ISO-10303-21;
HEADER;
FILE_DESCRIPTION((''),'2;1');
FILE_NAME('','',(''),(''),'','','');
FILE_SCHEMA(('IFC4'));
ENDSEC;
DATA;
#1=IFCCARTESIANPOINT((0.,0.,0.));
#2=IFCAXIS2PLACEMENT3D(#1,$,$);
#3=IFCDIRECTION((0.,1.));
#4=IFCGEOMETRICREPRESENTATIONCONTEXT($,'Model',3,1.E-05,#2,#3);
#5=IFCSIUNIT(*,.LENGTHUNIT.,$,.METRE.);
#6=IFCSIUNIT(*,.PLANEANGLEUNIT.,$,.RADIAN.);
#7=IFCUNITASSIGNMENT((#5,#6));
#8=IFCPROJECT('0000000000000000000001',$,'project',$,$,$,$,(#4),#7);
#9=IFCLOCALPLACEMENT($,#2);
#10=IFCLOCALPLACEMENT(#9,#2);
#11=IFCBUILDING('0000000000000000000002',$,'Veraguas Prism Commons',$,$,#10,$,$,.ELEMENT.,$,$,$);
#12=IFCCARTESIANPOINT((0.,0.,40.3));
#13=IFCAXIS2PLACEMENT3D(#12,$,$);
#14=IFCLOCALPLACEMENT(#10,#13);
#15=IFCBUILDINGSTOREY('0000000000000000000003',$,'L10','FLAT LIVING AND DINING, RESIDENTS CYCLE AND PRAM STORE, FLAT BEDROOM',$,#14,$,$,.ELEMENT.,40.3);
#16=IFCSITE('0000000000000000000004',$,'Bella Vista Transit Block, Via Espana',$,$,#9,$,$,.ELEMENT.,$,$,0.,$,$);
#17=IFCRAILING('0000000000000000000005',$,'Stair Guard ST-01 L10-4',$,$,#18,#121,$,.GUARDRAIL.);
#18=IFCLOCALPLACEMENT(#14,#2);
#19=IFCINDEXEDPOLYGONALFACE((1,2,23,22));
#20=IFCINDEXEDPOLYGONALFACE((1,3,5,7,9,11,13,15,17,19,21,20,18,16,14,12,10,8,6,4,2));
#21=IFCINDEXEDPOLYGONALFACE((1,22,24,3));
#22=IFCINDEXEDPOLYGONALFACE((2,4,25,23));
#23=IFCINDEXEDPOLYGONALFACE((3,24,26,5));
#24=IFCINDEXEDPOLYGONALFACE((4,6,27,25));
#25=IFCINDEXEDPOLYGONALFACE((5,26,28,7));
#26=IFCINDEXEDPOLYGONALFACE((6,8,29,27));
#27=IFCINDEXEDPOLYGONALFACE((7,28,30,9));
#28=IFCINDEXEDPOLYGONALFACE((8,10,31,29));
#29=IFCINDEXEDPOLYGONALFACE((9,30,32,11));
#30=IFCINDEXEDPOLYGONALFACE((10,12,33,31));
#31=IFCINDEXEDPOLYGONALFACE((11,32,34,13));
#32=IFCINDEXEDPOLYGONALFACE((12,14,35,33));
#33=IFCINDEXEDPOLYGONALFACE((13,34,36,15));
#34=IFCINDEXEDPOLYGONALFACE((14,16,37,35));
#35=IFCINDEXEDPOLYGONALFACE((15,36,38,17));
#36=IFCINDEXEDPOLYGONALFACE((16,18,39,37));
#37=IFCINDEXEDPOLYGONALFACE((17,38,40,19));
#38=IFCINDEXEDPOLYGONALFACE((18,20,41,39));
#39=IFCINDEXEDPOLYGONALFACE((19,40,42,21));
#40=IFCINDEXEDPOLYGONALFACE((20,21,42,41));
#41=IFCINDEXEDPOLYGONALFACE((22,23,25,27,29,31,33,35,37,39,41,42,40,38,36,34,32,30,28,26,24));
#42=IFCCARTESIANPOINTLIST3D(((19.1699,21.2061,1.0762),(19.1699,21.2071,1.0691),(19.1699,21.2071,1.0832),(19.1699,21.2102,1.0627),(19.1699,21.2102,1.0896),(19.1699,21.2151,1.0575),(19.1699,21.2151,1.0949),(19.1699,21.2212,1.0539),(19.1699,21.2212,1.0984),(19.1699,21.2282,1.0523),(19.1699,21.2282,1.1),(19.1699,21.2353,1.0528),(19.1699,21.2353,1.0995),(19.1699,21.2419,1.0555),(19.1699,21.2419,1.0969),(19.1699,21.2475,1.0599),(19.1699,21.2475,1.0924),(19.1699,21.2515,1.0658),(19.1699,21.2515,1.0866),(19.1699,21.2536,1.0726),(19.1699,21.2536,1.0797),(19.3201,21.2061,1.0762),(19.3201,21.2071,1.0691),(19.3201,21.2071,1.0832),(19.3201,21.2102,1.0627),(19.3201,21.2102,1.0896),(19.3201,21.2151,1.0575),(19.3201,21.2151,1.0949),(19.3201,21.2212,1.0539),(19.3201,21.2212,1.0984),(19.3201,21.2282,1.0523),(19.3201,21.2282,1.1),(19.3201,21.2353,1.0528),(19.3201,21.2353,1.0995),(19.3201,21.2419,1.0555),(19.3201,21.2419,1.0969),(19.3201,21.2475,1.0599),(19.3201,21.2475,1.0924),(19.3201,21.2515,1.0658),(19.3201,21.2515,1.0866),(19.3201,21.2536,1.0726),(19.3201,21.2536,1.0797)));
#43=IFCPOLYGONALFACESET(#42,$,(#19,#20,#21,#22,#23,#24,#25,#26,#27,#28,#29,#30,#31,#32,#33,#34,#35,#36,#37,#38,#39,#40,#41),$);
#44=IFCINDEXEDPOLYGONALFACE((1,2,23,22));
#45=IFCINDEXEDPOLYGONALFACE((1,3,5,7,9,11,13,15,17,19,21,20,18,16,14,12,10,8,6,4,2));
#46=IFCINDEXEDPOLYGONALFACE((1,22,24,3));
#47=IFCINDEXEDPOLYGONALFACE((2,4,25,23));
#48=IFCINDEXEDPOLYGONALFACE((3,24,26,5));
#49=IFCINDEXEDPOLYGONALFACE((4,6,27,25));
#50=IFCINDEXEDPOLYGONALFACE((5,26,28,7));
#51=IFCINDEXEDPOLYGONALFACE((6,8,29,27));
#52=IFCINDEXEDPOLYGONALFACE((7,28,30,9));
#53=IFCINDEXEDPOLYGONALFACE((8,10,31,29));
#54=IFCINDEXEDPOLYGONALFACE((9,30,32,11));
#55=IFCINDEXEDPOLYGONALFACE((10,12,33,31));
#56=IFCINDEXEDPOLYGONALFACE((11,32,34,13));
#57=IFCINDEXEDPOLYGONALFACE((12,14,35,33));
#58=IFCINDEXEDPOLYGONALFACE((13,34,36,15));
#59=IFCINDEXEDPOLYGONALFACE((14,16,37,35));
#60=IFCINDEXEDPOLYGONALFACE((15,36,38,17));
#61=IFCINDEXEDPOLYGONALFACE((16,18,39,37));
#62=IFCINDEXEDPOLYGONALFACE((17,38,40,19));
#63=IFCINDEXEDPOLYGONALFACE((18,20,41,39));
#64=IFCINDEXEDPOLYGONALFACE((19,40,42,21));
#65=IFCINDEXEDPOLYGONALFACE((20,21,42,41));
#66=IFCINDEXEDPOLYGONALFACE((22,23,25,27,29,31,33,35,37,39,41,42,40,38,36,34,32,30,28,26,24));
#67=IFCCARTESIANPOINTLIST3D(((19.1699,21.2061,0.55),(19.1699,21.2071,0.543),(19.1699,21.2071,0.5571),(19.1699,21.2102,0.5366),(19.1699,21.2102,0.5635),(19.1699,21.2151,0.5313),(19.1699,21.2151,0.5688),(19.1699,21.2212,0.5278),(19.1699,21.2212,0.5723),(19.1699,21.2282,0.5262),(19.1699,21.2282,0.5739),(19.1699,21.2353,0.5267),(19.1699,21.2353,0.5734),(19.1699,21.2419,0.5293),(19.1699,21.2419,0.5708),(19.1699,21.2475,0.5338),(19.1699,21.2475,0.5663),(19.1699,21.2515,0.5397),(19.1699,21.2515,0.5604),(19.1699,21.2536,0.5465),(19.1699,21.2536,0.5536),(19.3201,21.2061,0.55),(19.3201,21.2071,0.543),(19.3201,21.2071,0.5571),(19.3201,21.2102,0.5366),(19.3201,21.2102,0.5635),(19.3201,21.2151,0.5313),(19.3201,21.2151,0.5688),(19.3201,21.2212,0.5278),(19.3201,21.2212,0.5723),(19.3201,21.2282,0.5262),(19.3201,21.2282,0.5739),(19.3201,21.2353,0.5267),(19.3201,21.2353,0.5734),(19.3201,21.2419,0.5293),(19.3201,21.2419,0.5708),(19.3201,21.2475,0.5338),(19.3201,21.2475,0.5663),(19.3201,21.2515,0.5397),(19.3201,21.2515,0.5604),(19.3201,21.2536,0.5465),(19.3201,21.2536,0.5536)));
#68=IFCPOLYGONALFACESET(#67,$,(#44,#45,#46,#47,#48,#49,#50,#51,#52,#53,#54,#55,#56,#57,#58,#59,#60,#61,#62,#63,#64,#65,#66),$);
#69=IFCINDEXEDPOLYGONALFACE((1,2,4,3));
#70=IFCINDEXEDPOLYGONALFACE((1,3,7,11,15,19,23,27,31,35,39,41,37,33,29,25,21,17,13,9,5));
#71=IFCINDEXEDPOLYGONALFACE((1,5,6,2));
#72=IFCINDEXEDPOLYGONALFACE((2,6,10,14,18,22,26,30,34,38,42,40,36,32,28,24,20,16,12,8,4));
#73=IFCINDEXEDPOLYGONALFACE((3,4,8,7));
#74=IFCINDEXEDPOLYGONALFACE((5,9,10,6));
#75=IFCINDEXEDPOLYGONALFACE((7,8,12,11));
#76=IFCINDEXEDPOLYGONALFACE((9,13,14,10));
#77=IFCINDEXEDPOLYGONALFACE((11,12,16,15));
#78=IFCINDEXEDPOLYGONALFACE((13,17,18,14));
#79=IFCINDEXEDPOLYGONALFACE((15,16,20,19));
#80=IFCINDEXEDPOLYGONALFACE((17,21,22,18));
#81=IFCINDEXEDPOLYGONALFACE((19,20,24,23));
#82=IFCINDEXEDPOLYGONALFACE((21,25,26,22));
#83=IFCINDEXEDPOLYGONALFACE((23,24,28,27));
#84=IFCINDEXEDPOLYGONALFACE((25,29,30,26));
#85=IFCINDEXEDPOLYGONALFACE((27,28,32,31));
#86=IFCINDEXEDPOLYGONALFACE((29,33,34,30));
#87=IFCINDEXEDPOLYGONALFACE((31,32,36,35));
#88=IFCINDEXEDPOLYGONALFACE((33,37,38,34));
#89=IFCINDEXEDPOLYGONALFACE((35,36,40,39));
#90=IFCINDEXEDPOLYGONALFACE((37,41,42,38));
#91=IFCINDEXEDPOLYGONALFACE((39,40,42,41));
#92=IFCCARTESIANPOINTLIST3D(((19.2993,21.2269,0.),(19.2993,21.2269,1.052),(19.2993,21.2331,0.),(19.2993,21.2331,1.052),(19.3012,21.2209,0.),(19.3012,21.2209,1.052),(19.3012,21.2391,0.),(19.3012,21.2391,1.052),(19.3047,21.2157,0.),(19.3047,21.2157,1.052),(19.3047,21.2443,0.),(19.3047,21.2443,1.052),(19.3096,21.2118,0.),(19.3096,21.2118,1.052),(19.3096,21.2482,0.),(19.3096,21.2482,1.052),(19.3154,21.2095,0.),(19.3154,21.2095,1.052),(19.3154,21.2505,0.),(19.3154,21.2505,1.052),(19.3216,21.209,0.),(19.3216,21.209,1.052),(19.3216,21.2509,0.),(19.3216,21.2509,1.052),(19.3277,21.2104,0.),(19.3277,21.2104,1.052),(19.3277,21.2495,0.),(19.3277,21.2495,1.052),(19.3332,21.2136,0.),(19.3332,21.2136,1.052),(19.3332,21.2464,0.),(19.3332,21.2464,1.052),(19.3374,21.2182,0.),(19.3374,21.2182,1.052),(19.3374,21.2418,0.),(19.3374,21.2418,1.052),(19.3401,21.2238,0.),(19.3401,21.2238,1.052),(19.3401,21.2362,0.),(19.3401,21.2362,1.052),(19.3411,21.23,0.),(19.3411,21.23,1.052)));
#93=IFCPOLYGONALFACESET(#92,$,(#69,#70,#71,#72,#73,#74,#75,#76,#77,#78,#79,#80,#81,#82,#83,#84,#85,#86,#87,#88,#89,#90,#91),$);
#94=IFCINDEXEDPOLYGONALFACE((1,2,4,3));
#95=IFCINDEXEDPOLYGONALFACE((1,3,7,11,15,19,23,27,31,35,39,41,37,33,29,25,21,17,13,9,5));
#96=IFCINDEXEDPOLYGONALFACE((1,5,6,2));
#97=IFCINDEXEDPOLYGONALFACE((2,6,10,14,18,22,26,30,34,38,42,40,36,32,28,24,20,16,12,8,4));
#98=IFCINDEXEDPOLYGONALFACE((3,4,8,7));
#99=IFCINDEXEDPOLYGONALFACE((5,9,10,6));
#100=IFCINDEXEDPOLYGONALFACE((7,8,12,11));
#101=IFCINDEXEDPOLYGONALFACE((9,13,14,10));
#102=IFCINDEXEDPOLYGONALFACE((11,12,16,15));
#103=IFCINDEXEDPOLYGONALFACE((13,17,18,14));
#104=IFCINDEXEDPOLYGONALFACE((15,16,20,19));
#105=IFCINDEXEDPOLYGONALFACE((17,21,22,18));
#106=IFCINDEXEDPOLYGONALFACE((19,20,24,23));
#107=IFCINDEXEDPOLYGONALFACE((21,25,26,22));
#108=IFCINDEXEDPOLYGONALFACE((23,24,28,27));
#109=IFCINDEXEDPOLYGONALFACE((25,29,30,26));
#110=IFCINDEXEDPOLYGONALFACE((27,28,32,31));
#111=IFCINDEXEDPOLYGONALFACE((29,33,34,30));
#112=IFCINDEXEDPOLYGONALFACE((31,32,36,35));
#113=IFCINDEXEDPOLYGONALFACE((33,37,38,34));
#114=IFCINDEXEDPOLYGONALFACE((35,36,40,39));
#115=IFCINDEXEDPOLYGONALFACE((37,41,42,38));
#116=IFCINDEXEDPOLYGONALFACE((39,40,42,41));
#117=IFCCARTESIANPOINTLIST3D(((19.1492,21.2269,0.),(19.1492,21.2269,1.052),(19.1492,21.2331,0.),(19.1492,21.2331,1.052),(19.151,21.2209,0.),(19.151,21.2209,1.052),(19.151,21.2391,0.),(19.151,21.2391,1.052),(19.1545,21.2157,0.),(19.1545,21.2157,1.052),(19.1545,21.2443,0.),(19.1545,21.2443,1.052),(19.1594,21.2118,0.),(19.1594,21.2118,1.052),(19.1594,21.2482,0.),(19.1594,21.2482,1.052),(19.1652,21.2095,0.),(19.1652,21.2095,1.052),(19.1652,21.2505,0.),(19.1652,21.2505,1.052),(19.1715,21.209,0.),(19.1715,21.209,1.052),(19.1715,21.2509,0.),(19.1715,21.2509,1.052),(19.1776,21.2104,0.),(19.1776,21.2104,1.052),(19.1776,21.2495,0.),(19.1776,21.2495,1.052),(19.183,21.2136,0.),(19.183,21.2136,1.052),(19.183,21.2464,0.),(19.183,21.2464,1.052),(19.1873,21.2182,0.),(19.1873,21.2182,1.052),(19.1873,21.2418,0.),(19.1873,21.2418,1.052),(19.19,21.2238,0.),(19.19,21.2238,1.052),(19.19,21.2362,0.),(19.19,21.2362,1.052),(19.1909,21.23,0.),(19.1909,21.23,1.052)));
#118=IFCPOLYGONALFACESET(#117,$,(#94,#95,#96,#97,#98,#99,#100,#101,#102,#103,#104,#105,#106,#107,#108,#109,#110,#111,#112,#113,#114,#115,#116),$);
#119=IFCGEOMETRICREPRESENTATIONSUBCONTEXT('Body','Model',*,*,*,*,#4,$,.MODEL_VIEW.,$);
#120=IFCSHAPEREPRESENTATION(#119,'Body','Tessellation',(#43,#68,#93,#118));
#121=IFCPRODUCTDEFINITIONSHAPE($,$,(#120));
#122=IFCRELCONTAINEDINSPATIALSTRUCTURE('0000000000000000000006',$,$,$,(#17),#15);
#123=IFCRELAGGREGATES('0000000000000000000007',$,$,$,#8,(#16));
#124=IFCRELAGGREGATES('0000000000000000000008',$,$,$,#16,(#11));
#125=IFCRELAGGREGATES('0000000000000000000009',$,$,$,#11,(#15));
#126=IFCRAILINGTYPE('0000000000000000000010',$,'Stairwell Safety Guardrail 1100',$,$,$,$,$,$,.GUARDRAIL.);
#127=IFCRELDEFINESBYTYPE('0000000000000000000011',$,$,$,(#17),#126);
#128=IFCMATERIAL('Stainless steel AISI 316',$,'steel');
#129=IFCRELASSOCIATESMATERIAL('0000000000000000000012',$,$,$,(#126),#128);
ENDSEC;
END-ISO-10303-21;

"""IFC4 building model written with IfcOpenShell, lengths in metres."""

from ifc_helpers import new_model, si_unit, direction, frame, origin, origin_2d, place, context, subcontext, project, spatial, circle, extrude, material, type_object, element, save


model = new_model("IFC4")

# Units and contexts
model_context = context("Model", 3, precision=1e-05, world=origin(), true_north=direction((0.0, 1.0)))
body_context = subcontext(model_context, "Body", "Model", "MODEL_VIEW")
ifc_project = project(units=[si_unit("LENGTHUNIT", "METRE"), si_unit("PLANEANGLEUNIT", "RADIAN")], contexts=[model_context])

# Site, building, storey
site_placement = place(None, origin())
site = spatial("IfcSite", under=ifc_project, at=site_placement, Name="Bella Vista Transit Block, Via Espana", CompositionType="ELEMENT", RefElevation=0.0)
building_placement = place(site_placement, origin())
building = spatial("IfcBuilding", under=site, at=building_placement, Name="Veraguas Prism Commons", CompositionType="ELEMENT")
storey_placement = place(building_placement, frame((0.0, 0.0, 40.3)))
storey = spatial("IfcBuildingStorey", under=building, at=storey_placement, Name="L10", Description="FLAT LIVING AND DINING, RESIDENTS CYCLE AND PRAM STORE, FLAT BEDROOM", CompositionType="ELEMENT", Elevation=40.3)

# Shared definitions
ifc_material_1 = material(Name="Stainless steel AISI 316", Category="steel")

# Railing
railing_type = type_object("IfcRailingType", Name="Stairwell Safety Guardrail 1100", PredefinedType="GUARDRAIL", material=ifc_material_1)
railing_placement = place(storey_placement, frame((19.3201, 21.23, 0.0)))
element("IfcRailing", 1, at=railing_placement, inside=storey, type_object=railing_type, Name="Stair Guard ST-01 L10-4", PredefinedType="GUARDRAIL", context=body_context, shape_type="SweptSolid", body=[
    extrude(circle(Radius=0.0239, at=origin_2d()), frame((0.0, 0.0, 1.0762), z_axis=(-1.0, 0.0, 0.0), x_axis=(0.0, -1.0, 0.0)), (0.0, 0.0, 1.0), 0.1501),
    extrude(circle(Radius=0.0239, at=origin_2d()), frame((0.0, 0.0, 0.55), z_axis=(-1.0, 0.0, 0.0), x_axis=(0.0, -1.0, 0.0)), (0.0, 0.0, 1.0), 0.1501),
    extrude(circle(Radius=0.021, at=origin_2d()), origin(), (0.0, 0.0, 1.0), 1.052),
    extrude(circle(Radius=0.021, at=origin_2d()), frame((-0.1501, 0.0, 0.0)), (0.0, 0.0, 1.0), 1.052),
])

save(model, "model.ifc")
